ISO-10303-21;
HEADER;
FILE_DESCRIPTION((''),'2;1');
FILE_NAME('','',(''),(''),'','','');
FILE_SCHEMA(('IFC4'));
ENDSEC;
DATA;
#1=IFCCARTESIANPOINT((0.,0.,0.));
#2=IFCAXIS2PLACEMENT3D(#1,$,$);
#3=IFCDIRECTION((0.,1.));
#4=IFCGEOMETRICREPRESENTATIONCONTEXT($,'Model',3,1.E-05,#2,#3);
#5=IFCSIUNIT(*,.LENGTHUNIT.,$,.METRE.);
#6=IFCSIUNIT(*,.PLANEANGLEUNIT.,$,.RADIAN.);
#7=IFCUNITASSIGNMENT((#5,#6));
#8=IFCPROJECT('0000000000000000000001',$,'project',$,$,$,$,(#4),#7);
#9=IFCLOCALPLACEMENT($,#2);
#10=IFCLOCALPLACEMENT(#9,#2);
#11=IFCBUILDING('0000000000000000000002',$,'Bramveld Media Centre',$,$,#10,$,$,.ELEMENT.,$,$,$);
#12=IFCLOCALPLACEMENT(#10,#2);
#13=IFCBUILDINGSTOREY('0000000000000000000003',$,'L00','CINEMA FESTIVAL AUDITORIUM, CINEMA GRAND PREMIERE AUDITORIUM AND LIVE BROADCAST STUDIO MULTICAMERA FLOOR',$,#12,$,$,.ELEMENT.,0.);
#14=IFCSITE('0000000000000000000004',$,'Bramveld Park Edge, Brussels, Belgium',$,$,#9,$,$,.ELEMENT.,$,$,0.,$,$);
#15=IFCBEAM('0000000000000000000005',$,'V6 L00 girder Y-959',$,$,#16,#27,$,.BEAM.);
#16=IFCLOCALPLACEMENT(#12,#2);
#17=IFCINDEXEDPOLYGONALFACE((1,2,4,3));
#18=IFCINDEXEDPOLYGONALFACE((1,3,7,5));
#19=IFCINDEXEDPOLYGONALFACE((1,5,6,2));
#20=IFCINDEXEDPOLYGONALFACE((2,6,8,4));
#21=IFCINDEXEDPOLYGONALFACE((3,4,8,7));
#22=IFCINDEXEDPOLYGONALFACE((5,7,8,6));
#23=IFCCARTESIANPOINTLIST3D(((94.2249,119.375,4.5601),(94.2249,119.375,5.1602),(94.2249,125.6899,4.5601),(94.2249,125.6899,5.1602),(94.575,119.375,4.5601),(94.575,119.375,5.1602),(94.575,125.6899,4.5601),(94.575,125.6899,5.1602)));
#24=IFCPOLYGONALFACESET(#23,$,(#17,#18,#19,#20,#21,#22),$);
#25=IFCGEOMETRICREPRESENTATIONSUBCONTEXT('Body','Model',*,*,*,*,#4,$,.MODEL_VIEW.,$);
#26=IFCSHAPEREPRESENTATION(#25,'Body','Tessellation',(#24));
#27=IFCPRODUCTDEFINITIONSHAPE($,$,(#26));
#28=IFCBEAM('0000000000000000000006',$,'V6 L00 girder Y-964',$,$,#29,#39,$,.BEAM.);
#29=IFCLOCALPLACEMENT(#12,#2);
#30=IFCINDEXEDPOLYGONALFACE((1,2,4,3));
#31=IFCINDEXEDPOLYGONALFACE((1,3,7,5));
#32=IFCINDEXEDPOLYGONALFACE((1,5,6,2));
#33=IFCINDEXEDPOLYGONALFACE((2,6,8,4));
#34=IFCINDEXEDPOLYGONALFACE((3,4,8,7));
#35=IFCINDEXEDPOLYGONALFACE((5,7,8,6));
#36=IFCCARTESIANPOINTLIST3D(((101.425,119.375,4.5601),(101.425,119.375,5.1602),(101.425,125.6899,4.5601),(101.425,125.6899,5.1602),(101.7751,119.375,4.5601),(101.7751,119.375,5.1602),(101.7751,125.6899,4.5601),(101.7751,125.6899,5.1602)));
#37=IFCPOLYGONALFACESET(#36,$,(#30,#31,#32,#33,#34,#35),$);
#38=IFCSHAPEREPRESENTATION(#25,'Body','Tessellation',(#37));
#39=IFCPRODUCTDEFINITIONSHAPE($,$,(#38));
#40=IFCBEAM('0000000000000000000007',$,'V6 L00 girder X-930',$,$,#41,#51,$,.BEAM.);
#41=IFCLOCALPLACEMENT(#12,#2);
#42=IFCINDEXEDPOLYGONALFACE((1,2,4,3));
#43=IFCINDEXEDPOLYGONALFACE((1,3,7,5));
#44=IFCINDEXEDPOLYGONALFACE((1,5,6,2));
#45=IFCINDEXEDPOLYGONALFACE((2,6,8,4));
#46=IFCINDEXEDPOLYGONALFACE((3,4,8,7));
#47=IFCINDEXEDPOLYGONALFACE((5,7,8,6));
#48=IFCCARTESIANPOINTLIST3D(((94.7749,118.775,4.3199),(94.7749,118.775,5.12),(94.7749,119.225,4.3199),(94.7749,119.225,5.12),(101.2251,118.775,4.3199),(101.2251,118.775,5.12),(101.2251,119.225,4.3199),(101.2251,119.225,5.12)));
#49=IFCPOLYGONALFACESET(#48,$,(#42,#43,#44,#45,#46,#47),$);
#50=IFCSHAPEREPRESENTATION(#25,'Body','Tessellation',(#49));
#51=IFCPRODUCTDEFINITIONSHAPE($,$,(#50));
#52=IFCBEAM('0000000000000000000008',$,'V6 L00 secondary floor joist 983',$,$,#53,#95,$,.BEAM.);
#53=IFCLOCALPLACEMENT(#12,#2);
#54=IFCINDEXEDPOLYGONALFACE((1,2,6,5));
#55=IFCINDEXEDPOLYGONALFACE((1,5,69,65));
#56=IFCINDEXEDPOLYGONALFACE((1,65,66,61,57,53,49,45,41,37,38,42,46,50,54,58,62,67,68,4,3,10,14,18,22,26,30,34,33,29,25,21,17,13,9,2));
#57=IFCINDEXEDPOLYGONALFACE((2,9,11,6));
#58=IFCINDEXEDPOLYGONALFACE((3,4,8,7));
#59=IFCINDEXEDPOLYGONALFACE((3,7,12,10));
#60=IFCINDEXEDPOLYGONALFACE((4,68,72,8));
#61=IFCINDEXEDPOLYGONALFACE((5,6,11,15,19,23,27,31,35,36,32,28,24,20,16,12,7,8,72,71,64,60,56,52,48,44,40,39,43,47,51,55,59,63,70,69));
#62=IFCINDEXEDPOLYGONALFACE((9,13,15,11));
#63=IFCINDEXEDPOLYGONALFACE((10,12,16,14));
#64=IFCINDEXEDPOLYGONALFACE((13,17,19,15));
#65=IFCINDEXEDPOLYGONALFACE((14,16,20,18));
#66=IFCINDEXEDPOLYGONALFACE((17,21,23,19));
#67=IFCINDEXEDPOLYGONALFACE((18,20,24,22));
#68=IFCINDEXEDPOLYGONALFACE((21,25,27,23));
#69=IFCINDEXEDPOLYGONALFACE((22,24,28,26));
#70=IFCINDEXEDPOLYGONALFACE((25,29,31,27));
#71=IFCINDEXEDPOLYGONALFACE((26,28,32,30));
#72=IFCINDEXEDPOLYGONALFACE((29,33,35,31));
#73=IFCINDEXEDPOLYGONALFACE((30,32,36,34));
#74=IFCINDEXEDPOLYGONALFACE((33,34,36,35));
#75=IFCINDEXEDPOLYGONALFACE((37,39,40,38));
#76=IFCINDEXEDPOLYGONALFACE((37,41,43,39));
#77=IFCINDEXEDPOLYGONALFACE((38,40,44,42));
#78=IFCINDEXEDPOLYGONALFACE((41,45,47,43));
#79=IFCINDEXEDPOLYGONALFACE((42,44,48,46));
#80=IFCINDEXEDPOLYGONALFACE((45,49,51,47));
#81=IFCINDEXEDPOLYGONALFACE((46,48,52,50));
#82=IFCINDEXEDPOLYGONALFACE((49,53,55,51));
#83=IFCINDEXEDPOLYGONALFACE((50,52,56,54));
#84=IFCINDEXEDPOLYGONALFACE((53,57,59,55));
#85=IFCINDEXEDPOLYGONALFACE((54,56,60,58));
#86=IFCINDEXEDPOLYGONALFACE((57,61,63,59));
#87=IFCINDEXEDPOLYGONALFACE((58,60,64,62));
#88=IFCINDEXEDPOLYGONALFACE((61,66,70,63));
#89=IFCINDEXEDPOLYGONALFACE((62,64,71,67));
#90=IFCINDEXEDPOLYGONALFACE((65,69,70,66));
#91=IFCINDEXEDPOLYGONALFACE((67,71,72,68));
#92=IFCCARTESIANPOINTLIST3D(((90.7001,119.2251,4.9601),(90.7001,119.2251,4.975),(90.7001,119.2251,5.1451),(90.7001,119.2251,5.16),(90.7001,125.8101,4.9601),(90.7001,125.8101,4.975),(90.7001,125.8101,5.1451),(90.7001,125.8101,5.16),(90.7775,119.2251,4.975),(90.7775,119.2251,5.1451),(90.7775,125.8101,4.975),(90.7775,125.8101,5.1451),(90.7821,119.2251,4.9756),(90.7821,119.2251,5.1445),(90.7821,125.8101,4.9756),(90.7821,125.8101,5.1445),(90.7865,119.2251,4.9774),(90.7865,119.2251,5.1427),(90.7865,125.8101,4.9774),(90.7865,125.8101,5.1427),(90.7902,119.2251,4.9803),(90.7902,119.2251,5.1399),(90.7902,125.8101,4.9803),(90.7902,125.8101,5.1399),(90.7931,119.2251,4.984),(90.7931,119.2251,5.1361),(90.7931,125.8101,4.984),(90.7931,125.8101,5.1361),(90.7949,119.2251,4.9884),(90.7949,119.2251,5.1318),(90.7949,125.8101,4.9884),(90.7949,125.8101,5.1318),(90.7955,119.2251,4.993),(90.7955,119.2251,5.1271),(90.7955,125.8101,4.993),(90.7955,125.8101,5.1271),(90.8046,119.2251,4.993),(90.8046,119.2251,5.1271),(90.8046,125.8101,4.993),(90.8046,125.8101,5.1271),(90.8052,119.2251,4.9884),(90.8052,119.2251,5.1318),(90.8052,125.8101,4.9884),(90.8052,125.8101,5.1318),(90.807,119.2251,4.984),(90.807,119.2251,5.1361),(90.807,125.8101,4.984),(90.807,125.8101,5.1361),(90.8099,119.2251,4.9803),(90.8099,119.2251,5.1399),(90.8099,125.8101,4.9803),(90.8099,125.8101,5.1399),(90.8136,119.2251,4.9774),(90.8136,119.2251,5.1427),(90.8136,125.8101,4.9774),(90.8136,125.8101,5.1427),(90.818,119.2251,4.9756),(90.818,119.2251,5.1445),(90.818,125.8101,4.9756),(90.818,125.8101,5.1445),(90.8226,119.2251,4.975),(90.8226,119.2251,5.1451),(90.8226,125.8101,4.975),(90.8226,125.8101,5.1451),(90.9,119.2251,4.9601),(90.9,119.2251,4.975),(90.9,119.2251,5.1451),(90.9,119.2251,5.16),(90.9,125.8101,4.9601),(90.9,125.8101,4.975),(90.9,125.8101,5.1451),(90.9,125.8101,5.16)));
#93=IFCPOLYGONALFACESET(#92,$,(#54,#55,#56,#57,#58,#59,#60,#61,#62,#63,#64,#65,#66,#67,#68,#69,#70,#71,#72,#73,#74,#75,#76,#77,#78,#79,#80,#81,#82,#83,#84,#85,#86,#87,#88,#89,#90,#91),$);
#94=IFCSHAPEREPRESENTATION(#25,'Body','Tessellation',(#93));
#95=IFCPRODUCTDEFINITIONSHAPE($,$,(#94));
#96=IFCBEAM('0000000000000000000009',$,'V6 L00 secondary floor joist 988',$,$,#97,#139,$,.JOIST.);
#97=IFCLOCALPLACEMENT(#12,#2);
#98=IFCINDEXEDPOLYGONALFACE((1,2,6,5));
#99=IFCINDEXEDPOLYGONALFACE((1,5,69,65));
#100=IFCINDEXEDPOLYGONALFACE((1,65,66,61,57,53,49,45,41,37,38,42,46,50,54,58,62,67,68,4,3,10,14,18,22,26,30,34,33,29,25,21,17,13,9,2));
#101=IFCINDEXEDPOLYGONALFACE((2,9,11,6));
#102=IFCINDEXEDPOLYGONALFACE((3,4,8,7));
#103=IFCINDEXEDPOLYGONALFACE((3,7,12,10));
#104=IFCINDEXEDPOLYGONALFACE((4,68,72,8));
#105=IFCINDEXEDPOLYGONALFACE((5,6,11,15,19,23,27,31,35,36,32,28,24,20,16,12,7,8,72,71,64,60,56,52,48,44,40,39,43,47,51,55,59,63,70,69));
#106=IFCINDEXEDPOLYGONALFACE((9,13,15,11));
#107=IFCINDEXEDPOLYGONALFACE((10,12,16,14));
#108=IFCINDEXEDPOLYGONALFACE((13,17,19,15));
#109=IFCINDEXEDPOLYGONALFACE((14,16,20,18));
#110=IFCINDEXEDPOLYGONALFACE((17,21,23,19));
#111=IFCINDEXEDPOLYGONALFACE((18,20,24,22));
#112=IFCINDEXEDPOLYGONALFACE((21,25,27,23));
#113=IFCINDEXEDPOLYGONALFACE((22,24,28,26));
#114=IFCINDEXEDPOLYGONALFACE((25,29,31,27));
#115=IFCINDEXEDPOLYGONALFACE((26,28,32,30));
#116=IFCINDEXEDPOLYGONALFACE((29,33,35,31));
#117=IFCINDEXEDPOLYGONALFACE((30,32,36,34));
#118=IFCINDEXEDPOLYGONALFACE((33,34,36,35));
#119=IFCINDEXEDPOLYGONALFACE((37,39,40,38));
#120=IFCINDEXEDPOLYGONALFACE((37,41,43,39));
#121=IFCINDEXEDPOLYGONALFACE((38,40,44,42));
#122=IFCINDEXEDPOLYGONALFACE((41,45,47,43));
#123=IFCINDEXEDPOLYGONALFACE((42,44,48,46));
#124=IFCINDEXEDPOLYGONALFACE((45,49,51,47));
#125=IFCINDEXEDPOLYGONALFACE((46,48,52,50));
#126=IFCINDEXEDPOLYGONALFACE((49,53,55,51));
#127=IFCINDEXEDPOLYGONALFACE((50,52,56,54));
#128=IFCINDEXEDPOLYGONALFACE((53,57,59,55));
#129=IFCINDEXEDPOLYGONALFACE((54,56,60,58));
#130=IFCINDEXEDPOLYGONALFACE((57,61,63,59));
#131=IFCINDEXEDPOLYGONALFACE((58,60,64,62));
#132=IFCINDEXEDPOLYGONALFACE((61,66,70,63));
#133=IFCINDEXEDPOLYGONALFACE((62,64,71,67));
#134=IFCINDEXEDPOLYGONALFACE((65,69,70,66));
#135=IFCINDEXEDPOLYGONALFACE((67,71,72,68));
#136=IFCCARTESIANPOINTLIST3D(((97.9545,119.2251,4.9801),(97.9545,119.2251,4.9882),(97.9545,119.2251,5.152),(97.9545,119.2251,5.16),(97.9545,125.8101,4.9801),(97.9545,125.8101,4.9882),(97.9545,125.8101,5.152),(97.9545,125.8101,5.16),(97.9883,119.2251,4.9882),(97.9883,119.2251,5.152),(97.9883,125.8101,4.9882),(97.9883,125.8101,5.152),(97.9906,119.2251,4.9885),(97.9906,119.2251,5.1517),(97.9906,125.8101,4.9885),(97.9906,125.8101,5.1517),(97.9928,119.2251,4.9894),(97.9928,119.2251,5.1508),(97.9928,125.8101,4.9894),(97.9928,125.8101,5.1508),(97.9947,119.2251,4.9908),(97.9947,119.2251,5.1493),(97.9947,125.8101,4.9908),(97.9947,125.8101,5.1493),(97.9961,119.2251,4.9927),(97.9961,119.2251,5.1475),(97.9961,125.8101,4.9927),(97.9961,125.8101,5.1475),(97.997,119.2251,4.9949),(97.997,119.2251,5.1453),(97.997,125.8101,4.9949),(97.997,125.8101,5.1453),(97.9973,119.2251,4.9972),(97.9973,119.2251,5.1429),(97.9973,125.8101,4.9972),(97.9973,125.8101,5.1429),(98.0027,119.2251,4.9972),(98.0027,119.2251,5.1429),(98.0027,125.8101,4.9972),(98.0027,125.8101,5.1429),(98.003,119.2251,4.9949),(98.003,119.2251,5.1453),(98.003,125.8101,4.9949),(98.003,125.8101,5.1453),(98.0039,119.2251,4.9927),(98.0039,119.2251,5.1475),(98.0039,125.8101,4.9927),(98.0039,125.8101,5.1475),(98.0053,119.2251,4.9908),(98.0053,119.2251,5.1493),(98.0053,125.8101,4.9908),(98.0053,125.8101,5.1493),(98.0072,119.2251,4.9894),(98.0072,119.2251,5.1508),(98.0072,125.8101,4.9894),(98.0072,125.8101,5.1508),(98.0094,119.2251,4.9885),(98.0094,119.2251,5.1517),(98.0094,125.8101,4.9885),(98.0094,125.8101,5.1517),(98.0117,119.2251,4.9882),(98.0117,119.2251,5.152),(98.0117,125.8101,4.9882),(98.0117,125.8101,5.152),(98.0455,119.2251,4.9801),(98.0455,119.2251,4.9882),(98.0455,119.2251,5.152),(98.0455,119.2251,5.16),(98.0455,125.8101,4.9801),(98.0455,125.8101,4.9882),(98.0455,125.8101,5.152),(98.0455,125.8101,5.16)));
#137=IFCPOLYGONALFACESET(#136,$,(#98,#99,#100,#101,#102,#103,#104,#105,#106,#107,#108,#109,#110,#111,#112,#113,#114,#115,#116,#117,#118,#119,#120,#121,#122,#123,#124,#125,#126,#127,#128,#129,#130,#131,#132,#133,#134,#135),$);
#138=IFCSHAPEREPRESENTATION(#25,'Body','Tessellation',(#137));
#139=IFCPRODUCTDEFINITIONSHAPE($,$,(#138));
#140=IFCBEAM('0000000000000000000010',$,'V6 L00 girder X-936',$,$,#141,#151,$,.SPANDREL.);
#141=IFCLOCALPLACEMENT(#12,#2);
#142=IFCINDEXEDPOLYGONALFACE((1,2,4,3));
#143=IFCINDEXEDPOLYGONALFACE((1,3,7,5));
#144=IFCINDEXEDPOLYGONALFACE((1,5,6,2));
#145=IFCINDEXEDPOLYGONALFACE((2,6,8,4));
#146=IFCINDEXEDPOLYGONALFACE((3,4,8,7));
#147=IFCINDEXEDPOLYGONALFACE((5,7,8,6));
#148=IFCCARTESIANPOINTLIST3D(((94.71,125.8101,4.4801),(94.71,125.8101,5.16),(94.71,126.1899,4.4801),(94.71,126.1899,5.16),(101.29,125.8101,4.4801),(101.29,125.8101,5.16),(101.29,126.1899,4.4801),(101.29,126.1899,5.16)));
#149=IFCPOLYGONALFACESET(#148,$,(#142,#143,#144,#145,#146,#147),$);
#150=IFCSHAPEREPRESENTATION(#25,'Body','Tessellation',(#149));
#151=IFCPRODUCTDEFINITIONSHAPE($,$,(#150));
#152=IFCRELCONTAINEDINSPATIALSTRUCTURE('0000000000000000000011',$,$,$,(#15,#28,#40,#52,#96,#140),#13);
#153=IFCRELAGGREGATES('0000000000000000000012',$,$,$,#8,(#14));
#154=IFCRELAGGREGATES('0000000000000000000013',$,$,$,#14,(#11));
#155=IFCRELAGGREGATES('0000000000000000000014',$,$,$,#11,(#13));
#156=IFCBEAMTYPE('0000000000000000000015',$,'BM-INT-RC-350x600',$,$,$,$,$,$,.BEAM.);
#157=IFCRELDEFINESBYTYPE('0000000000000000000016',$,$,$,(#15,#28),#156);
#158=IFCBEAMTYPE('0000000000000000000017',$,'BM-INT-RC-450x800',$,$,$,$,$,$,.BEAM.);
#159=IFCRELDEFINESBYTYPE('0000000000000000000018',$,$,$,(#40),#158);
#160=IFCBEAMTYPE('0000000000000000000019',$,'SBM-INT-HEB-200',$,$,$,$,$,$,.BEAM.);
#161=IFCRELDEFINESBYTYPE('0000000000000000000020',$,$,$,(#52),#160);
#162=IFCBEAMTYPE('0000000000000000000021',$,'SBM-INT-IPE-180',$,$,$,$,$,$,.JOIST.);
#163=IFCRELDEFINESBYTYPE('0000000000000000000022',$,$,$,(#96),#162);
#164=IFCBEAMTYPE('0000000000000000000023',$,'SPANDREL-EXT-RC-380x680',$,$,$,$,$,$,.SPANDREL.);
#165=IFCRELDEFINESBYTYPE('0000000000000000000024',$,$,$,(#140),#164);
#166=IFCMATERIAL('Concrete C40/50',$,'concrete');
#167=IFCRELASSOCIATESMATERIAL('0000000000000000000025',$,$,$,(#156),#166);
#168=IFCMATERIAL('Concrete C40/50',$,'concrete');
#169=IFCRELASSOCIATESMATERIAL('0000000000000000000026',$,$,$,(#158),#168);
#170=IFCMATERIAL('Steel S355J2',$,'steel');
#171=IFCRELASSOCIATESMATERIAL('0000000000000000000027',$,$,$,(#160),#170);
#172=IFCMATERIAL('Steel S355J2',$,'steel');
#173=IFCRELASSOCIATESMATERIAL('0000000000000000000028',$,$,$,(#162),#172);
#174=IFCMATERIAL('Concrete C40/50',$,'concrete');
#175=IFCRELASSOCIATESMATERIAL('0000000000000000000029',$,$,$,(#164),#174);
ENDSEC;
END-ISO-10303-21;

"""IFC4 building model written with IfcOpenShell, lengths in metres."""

from ifc_helpers import new_model, si_unit, direction, frame, origin, origin_2d, place, context, subcontext, project, spatial, rectangle, i_section, extrude, material, material_profile, profile_set, type_object, element, save


model = new_model("IFC4")

# Units and contexts
model_context = context("Model", 3, precision=1e-05, world=origin(), true_north=direction((0.0, 1.0)))
body_context = subcontext(model_context, "Body", "Model", "MODEL_VIEW")
ifc_project = project(units=[si_unit("LENGTHUNIT", "METRE"), si_unit("PLANEANGLEUNIT", "RADIAN")], contexts=[model_context])

# Site, building, storey
site_placement = place(None, origin())
site = spatial("IfcSite", under=ifc_project, at=site_placement, Name="Bramveld Park Edge, Brussels, Belgium", CompositionType="ELEMENT", RefElevation=0.0)
building_placement = place(site_placement, origin())
building = spatial("IfcBuilding", under=site, at=building_placement, Name="Bramveld Media Centre", CompositionType="ELEMENT")
storey_placement = place(building_placement, origin())
storey = spatial("IfcBuildingStorey", under=building, at=storey_placement, Name="L00", Description="CINEMA FESTIVAL AUDITORIUM, CINEMA GRAND PREMIERE AUDITORIUM AND LIVE BROADCAST STUDIO MULTICAMERA FLOOR", CompositionType="ELEMENT", Elevation=0.0)

# Beams
ifc_material_1 = material(Name="Concrete C40/50", Category="concrete")
ifc_material_profile_1 = material_profile(ifc_material_1, rectangle(XDim=0.3501, YDim=0.6001, at=origin_2d()), Name="RC 350x600")
ifc_profile_set_1 = profile_set([ifc_material_profile_1], Name="Concrete C40/50")
beam_type_1 = type_object("IfcBeamType", Name="BM-INT-RC-350x600", PredefinedType="BEAM", material=ifc_profile_set_1)
for number, where, z_axis, x_axis, name in (
    (1, (94.3999, 119.375, 4.8601), (0.0, 1.0, 0.0), (-1.0, 0.0, 0.0), "V6 L00 girder Y-959"),
    (2, (101.6001, 119.375, 4.8601), (0.0, 1.0, 0.0), (-1.0, 0.0, 0.0), "V6 L00 girder Y-964"),
):
    element("IfcBeam", number, at=place(storey_placement, frame(where, z_axis=z_axis, x_axis=x_axis)), inside=storey, type_object=beam_type_1, Name=name, PredefinedType="BEAM", context=body_context, shape_type="SweptSolid", body=[
        extrude(rectangle(XDim=0.3501, YDim=0.6001, at=origin_2d()), origin(), (0.0, 0.0, 1.0), 6.3149),
    ])
ifc_material_2 = material(Name="Concrete C40/50", Category="concrete")
ifc_material_profile_2 = material_profile(ifc_material_2, rectangle(XDim=0.45, YDim=0.8, at=origin_2d()), Name="RC 450x800")
ifc_profile_set_2 = profile_set([ifc_material_profile_2], Name="Concrete C40/50")
beam_type_2 = type_object("IfcBeamType", Name="BM-INT-RC-450x800", PredefinedType="BEAM", material=ifc_profile_set_2)
beam_1_placement = place(storey_placement, frame((94.7749, 119.0, 4.72), z_axis=(1.0, 0.0, 0.0), x_axis=(0.0, 1.0, 0.0)))
element("IfcBeam", 3, at=beam_1_placement, inside=storey, type_object=beam_type_2, Name="V6 L00 girder X-930", PredefinedType="BEAM", context=body_context, shape_type="SweptSolid", body=[
    extrude(rectangle(XDim=0.45, YDim=0.8, at=origin_2d()), origin(), (0.0, 0.0, 1.0), 6.4502),
])
ifc_material_3 = material(Name="Steel S355J2", Category="steel")
ifc_material_profile_3 = material_profile(ifc_material_3, i_section(OverallWidth=0.2, OverallDepth=0.2, WebThickness=0.009, FlangeThickness=0.0149, FilletRadius=0.0181, at=origin_2d()), Name="HEB 200")
ifc_profile_set_3 = profile_set([ifc_material_profile_3], Name="Steel S355J2")
beam_type_3 = type_object("IfcBeamType", Name="SBM-INT-HEB-200", PredefinedType="BEAM", material=ifc_profile_set_3)
beam_2_placement = place(storey_placement, frame((90.8, 119.2251, 5.0601), z_axis=(0.0, 1.0, 0.0), x_axis=(-1.0, 0.0, 0.0)))
element("IfcBeam", 4, at=beam_2_placement, inside=storey, type_object=beam_type_3, Name="V6 L00 secondary floor joist 983", PredefinedType="BEAM", context=body_context, shape_type="SweptSolid", body=[
    extrude(i_section(OverallWidth=0.2, OverallDepth=0.2, WebThickness=0.009, FlangeThickness=0.0149, FilletRadius=0.0181, at=origin_2d()), origin(), (0.0, 0.0, 1.0), 6.585),
])
ifc_material_4 = material(Name="Steel S355J2", Category="steel")
ifc_material_profile_4 = material_profile(ifc_material_4, i_section(OverallWidth=0.0911, OverallDepth=0.1799, WebThickness=0.0054, FlangeThickness=0.0081, FilletRadius=0.009, at=origin_2d()), Name="IPE 180")
ifc_profile_set_4 = profile_set([ifc_material_profile_4], Name="Steel S355J2")
beam_type_4 = type_object("IfcBeamType", Name="SBM-INT-IPE-180", PredefinedType="JOIST", material=ifc_profile_set_4)
beam_3_placement = place(storey_placement, frame((98.0, 119.2251, 5.0701), z_axis=(0.0, 1.0, 0.0), x_axis=(-1.0, 0.0, 0.0)))
element("IfcBeam", 5, at=beam_3_placement, inside=storey, type_object=beam_type_4, Name="V6 L00 secondary floor joist 988", PredefinedType="JOIST", context=body_context, shape_type="SweptSolid", body=[
    extrude(i_section(OverallWidth=0.0911, OverallDepth=0.1799, WebThickness=0.0054, FlangeThickness=0.0081, FilletRadius=0.009, at=origin_2d()), origin(), (0.0, 0.0, 1.0), 6.585),
])
ifc_material_5 = material(Name="Concrete C40/50", Category="concrete")
ifc_material_profile_5 = material_profile(ifc_material_5, rectangle(XDim=0.3799, YDim=0.6799, at=origin_2d()), Name="RC 380x680")
ifc_profile_set_5 = profile_set([ifc_material_profile_5], Name="Concrete C40/50")
beam_type_5 = type_object("IfcBeamType", Name="SPANDREL-EXT-RC-380x680", PredefinedType="SPANDREL", material=ifc_profile_set_5)
beam_4_placement = place(storey_placement, frame((94.71, 126.0, 4.8201), z_axis=(1.0, 0.0, 0.0), x_axis=(0.0, 1.0, 0.0)))
element("IfcBeam", 6, at=beam_4_placement, inside=storey, type_object=beam_type_5, Name="V6 L00 girder X-936", PredefinedType="SPANDREL", context=body_context, shape_type="SweptSolid", body=[
    extrude(rectangle(XDim=0.3799, YDim=0.6799, at=origin_2d()), origin(), (0.0, 0.0, 1.0), 6.5801),
])

save(model, "model.ifc")
